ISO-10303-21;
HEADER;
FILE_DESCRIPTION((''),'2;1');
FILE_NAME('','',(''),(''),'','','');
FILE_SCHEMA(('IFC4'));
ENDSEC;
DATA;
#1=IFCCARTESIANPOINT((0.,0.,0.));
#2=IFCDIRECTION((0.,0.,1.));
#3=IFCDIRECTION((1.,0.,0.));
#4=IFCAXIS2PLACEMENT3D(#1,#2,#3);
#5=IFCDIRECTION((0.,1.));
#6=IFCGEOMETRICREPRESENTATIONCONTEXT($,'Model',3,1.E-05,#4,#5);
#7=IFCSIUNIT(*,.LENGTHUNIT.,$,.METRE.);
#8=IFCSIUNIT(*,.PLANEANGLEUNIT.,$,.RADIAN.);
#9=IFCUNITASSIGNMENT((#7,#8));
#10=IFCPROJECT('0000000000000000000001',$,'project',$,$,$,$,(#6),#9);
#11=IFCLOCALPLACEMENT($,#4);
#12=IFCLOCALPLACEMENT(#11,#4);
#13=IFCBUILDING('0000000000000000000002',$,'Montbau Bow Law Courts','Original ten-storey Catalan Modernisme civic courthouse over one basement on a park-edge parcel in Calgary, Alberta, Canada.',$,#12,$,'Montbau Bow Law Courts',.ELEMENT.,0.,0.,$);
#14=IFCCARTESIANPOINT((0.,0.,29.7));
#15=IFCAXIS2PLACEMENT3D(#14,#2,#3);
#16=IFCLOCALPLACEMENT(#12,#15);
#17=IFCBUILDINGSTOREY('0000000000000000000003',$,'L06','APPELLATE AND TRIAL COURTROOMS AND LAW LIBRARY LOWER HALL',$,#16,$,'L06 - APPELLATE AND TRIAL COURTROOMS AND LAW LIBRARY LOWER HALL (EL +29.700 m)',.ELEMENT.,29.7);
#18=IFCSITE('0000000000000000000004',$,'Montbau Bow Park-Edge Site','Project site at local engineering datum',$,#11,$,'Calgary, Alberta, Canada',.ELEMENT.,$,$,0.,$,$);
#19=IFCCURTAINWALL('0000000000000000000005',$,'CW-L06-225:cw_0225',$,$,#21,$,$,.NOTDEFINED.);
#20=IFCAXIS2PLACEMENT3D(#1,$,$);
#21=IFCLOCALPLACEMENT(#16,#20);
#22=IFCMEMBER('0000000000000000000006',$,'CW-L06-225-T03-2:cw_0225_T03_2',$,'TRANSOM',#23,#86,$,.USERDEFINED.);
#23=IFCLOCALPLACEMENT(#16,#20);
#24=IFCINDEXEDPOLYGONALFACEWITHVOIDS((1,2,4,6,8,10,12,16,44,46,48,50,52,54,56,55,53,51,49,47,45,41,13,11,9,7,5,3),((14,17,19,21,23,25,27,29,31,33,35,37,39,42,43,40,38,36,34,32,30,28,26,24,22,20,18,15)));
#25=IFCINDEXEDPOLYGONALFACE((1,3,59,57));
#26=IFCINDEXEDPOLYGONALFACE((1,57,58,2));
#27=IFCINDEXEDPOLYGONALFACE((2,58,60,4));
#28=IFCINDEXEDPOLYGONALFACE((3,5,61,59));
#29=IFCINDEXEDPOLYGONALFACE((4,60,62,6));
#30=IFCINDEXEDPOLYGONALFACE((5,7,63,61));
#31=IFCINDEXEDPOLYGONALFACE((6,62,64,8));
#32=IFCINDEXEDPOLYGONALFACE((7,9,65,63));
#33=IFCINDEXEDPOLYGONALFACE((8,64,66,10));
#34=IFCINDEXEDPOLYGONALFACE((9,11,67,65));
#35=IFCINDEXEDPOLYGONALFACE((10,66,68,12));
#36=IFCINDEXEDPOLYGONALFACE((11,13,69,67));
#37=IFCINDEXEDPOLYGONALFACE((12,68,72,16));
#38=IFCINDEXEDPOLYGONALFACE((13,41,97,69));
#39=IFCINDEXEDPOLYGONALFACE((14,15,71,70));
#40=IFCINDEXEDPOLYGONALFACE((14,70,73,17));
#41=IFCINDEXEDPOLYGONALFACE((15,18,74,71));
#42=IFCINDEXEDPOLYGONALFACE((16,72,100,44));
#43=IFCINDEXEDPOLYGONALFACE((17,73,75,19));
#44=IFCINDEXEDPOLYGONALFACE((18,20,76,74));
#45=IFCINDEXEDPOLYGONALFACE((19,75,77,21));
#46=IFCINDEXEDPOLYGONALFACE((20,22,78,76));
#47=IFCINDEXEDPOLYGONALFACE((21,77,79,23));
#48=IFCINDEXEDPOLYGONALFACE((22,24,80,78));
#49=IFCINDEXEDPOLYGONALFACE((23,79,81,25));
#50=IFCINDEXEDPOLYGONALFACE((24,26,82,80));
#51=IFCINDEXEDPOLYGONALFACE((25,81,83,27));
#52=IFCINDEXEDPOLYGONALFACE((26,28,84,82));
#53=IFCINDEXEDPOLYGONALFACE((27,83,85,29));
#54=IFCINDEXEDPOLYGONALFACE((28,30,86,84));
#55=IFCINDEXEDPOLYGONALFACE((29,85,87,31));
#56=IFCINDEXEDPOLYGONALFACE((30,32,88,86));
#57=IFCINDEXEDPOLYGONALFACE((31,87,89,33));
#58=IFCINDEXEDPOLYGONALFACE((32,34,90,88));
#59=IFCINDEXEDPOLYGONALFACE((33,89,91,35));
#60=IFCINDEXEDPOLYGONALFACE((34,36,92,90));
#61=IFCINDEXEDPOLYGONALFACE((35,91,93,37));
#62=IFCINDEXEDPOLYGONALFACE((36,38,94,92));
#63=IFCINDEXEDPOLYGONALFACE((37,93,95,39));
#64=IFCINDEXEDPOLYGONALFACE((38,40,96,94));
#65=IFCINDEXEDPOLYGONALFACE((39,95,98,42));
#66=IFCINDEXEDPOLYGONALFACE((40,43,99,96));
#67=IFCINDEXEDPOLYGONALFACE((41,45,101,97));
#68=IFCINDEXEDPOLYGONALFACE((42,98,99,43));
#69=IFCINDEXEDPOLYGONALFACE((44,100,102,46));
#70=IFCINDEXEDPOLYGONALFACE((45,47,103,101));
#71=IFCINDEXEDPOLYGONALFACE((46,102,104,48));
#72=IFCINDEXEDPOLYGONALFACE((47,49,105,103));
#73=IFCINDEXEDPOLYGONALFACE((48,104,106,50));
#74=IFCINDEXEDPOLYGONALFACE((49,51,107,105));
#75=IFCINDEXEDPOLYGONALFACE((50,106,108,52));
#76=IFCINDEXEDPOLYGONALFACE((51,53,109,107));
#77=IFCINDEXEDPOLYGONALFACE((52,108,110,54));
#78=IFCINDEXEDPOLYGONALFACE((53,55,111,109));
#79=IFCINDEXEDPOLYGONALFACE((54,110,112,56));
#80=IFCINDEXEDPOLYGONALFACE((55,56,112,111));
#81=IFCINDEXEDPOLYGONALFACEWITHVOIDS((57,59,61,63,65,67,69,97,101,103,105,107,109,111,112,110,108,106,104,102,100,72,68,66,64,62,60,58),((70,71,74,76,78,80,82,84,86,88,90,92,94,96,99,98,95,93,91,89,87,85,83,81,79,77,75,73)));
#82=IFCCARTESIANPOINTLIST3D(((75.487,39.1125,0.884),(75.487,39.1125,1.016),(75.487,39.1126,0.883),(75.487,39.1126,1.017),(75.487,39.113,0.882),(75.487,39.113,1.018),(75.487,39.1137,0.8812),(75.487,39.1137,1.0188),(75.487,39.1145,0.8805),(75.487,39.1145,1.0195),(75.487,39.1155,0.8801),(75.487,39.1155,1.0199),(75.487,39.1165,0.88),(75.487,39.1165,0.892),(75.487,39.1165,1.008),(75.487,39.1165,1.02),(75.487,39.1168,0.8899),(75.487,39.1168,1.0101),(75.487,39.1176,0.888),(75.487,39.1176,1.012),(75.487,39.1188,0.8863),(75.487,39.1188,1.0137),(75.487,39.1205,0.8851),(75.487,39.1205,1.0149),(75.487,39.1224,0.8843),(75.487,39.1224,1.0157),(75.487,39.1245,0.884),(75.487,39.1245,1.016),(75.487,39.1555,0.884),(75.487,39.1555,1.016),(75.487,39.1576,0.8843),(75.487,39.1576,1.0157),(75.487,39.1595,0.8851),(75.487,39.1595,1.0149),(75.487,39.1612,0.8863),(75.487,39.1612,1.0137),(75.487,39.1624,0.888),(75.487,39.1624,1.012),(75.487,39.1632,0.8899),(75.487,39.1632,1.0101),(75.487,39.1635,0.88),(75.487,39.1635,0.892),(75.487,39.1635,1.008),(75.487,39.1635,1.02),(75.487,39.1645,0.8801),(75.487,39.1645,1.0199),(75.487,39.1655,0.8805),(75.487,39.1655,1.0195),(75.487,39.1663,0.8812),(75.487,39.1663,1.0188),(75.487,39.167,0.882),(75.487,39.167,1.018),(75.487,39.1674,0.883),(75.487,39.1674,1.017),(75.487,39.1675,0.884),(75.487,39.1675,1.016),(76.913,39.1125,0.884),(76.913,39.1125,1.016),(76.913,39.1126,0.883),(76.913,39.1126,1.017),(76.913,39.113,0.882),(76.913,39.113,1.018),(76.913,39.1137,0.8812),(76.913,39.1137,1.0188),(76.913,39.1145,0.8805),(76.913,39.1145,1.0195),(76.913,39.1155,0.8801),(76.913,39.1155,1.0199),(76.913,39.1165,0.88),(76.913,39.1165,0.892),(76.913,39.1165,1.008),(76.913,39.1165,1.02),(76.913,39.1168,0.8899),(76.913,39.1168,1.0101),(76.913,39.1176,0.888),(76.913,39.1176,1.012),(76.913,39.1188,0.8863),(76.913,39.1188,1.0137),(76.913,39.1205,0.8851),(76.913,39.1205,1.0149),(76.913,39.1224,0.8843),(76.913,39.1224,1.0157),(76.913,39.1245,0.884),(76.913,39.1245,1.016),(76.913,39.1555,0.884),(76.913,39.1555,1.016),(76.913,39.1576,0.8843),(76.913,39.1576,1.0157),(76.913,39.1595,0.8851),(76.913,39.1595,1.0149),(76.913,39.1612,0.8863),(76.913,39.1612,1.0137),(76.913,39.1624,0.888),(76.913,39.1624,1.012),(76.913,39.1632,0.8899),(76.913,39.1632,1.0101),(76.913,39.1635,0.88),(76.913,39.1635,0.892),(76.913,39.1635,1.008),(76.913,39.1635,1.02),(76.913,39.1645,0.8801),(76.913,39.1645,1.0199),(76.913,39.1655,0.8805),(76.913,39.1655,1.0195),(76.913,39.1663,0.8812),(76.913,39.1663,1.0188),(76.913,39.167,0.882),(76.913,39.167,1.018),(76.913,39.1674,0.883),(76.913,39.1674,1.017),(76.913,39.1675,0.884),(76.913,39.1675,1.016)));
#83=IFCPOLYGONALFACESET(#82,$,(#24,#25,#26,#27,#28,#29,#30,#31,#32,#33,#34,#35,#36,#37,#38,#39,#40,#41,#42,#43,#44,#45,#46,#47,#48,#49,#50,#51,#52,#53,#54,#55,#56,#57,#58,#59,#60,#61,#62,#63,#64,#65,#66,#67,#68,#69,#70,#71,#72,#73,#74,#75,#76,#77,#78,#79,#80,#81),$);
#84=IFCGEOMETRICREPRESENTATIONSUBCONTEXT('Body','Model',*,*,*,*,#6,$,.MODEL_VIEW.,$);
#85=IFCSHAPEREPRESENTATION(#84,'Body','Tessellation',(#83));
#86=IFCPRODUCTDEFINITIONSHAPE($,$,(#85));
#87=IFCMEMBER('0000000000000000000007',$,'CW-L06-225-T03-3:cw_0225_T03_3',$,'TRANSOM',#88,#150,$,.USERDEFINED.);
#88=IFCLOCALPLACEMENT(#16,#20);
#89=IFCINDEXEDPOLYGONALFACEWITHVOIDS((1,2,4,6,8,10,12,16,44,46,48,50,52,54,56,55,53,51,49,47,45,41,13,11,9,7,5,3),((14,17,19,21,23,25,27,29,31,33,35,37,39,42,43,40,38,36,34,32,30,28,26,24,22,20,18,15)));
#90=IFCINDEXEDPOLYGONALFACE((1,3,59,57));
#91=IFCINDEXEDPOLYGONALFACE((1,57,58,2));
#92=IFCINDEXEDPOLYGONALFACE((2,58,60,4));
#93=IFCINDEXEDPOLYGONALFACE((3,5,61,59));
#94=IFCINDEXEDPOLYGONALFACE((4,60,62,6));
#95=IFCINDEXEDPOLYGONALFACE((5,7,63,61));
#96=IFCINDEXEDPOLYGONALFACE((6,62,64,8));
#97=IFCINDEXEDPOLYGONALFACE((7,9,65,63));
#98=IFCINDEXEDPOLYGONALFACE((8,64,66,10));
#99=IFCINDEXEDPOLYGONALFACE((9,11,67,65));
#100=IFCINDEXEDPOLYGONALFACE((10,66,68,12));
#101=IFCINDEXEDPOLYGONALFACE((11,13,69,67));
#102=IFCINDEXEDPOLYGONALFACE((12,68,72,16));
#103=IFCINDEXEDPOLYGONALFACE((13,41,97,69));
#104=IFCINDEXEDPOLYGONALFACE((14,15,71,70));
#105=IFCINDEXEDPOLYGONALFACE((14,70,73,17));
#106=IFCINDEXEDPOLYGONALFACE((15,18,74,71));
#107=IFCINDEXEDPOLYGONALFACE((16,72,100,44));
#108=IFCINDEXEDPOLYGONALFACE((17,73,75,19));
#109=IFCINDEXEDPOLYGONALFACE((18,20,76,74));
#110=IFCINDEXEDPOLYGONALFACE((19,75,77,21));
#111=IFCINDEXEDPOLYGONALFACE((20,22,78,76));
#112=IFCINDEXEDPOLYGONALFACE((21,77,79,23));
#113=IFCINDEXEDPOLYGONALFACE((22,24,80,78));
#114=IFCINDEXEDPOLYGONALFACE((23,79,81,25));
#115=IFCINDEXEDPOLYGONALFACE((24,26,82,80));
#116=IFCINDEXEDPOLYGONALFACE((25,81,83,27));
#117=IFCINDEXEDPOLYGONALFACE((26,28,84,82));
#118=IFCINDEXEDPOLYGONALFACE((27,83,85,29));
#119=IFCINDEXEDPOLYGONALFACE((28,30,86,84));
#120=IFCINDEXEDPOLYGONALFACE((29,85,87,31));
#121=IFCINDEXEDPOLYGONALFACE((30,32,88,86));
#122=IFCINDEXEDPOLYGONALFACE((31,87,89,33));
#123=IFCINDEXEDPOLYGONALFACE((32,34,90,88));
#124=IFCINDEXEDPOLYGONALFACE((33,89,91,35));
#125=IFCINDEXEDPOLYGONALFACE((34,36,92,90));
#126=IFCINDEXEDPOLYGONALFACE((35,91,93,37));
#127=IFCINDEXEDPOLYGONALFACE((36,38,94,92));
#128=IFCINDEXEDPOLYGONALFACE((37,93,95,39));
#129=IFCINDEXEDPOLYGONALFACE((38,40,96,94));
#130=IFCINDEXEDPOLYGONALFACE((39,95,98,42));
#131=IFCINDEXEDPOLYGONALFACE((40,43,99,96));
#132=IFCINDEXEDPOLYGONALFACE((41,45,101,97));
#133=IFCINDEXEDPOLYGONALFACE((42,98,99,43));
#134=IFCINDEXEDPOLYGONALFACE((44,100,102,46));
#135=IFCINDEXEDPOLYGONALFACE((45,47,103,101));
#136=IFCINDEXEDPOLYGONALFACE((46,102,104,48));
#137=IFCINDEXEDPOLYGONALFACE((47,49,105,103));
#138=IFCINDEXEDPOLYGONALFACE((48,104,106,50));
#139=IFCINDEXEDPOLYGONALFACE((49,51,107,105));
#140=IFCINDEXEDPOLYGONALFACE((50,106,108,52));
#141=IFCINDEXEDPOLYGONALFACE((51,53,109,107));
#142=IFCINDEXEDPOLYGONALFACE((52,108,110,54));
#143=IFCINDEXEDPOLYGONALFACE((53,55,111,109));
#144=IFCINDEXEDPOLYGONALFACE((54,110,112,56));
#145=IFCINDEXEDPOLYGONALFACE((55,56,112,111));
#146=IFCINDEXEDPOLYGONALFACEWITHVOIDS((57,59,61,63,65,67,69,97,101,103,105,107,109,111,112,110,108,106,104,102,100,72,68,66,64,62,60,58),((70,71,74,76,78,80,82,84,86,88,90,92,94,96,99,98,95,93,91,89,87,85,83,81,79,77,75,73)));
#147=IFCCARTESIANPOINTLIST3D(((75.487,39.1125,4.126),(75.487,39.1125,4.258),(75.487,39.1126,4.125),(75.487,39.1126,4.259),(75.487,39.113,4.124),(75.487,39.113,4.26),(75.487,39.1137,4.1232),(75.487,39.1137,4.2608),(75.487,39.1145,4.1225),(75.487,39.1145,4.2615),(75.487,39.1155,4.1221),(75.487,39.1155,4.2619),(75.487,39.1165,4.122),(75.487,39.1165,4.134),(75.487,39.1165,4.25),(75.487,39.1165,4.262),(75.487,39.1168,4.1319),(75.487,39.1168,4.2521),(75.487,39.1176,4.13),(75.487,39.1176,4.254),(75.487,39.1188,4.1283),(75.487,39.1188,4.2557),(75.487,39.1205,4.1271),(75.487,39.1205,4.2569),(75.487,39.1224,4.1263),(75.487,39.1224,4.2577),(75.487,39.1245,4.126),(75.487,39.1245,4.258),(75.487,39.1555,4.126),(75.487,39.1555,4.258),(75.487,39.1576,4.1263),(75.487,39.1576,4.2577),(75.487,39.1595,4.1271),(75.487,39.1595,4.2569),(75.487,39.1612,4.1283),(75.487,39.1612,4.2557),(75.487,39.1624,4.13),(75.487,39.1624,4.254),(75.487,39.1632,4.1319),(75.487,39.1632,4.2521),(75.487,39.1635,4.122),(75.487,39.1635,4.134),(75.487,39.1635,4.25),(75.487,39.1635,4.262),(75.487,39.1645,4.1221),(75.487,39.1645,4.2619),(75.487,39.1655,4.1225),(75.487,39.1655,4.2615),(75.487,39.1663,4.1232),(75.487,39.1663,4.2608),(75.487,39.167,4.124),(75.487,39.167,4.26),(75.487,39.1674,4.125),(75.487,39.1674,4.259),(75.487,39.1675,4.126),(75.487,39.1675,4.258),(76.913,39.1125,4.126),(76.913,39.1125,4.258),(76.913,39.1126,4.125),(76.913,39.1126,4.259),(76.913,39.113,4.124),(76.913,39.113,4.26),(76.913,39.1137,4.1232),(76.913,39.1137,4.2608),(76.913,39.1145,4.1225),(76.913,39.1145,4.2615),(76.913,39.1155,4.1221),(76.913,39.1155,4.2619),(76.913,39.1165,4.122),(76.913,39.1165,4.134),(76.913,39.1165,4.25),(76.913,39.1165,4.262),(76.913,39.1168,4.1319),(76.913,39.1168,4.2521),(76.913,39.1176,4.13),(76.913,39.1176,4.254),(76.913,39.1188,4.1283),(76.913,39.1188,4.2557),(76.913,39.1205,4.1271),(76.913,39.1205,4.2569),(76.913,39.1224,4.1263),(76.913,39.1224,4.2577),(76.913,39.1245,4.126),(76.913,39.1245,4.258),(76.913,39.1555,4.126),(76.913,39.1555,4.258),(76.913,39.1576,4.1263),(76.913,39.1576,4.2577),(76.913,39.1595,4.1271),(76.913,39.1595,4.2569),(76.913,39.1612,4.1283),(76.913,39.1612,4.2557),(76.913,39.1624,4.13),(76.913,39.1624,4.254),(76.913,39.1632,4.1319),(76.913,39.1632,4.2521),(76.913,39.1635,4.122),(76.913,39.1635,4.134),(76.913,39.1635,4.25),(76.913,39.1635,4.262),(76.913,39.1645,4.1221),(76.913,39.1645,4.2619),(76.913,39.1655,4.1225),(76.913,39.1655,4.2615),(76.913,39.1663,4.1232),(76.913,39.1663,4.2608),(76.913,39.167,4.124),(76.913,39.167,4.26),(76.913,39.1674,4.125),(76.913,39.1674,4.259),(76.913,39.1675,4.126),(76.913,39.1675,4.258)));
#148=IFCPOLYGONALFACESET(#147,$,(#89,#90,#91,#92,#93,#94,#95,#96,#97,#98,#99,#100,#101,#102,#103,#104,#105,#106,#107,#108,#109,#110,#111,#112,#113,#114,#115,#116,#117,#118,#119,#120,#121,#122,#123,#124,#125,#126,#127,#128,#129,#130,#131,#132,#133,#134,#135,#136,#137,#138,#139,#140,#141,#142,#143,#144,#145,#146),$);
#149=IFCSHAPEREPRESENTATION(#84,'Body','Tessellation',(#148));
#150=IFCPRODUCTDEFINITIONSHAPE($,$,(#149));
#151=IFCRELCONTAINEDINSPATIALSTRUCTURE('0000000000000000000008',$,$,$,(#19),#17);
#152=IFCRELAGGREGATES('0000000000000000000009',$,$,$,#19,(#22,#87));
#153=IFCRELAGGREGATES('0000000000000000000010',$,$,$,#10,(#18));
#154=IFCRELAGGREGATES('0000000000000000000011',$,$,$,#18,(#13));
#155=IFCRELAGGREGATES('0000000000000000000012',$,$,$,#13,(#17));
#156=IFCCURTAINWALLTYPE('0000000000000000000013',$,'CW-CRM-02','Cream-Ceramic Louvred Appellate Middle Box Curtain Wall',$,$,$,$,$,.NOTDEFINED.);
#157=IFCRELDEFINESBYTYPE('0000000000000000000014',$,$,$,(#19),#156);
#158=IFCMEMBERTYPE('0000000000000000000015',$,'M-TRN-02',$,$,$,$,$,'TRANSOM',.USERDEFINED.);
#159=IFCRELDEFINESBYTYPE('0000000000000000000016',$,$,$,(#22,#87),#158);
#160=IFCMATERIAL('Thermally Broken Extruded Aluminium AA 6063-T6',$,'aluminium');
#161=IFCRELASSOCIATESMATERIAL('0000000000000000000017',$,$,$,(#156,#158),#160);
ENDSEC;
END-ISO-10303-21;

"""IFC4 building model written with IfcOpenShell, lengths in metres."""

from ifc_helpers import new_model, si_unit, direction, frame, origin_with_axes, origin_2d_with_axis, place, context, subcontext, project, spatial, hollow_rectangle, extrude, material, material_profile, profile_set, type_object, element, aggregate, save


model = new_model("IFC4")

# Units and contexts
model_context = context("Model", 3, precision=1e-05, world=origin_with_axes(), true_north=direction((0.0, 1.0)))
body_context = subcontext(model_context, "Body", "Model", "MODEL_VIEW")
ifc_project = project(units=[si_unit("LENGTHUNIT", "METRE"), si_unit("PLANEANGLEUNIT", "RADIAN")], contexts=[model_context])

# Site, building, storey
site_placement = place(None, origin_with_axes())
site = spatial("IfcSite", under=ifc_project, at=site_placement, Name="Montbau Bow Park-Edge Site", Description="Project site at local engineering datum", LongName="Calgary, Alberta, Canada", CompositionType="ELEMENT", RefElevation=0.0)
building_placement = place(site_placement, origin_with_axes())
building = spatial("IfcBuilding", under=site, at=building_placement, Name="Montbau Bow Law Courts", Description="Original ten-storey Catalan Modernisme civic courthouse over one basement on a park-edge parcel in Calgary, Alberta, Canada.", LongName="Montbau Bow Law Courts", CompositionType="ELEMENT", ElevationOfRefHeight=0.0, ElevationOfTerrain=0.0)
storey_placement = place(building_placement, frame((0.0, 0.0, 29.7), z_axis=(0.0, 0.0, 1.0), x_axis=(1.0, 0.0, 0.0)))
storey = spatial("IfcBuildingStorey", under=building, at=storey_placement, Name="L06", Description="APPELLATE AND TRIAL COURTROOMS AND LAW LIBRARY LOWER HALL", LongName="L06 - APPELLATE AND TRIAL COURTROOMS AND LAW LIBRARY LOWER HALL (EL +29.700 m)", CompositionType="ELEMENT", Elevation=29.7)

# Curtain wall, members
ifc_material_1 = material(Name="Thermally Broken Extruded Aluminium AA 6063-T6", Category="aluminium")
curtain_wall_type = type_object("IfcCurtainWallType", Name="CW-CRM-02", Description="Cream-Ceramic Louvred Appellate Middle Box Curtain Wall", PredefinedType="NOTDEFINED", material=ifc_material_1)
curtain_wall_placement = place(None, frame((72.44, 39.14, 29.7), z_axis=(0.0, 0.0, 1.0), x_axis=(1.0, 0.0, 0.0)))
curtain_wall = element("IfcCurtainWall", 1, at=curtain_wall_placement, inside=storey, type_object=curtain_wall_type, Name="CW-L06-225:cw_0225", PredefinedType="NOTDEFINED")
ifc_material_profile_1 = material_profile(ifc_material_1, hollow_rectangle(XDim=0.055, YDim=0.14, WallThickness=0.004, InnerFilletRadius=0.008, OuterFilletRadius=0.004, at=origin_2d_with_axis()), Name="CWT-140X55", Category="Main", Priority=0)
ifc_profile_set_1 = profile_set([ifc_material_profile_1], Name="Thermally Broken Extruded Aluminium AA 6063-T6")
member_type_1 = type_object("IfcMemberType", Name="M-TRN-02", ElementType="TRANSOM", PredefinedType="USERDEFINED", material=ifc_profile_set_1)
member_1_placement = place(None, frame((75.487, 39.14, 30.65), z_axis=(1.0, 0.0, 0.0), x_axis=(0.0, 1.0, 0.0)))
member_1 = element("IfcMember", 2, at=member_1_placement, type_object=member_type_1, Name="CW-L06-225-T03-2:cw_0225_T03_2", ObjectType="TRANSOM", PredefinedType="USERDEFINED", context=body_context, shape_type="SweptSolid", body=[
    extrude(hollow_rectangle(XDim=0.055, YDim=0.14, WallThickness=0.004, InnerFilletRadius=0.008, OuterFilletRadius=0.004, at=origin_2d_with_axis()), origin_with_axes(), (0.0, 0.0, 1.0), 1.426),
])
member_2_placement = place(None, frame((75.487, 39.14, 33.892), z_axis=(1.0, 0.0, 0.0), x_axis=(0.0, 1.0, 0.0)))
member_2 = element("IfcMember", 3, at=member_2_placement, type_object=member_type_1, Name="CW-L06-225-T03-3:cw_0225_T03_3", ObjectType="TRANSOM", PredefinedType="USERDEFINED", context=body_context, shape_type="SweptSolid", body=[
    extrude(hollow_rectangle(XDim=0.055, YDim=0.14, WallThickness=0.004, InnerFilletRadius=0.008, OuterFilletRadius=0.004, at=origin_2d_with_axis()), origin_with_axes(), (0.0, 0.0, 1.0), 1.426),
])
aggregate(curtain_wall, [member_1, member_2])

save(model, "model.ifc")
